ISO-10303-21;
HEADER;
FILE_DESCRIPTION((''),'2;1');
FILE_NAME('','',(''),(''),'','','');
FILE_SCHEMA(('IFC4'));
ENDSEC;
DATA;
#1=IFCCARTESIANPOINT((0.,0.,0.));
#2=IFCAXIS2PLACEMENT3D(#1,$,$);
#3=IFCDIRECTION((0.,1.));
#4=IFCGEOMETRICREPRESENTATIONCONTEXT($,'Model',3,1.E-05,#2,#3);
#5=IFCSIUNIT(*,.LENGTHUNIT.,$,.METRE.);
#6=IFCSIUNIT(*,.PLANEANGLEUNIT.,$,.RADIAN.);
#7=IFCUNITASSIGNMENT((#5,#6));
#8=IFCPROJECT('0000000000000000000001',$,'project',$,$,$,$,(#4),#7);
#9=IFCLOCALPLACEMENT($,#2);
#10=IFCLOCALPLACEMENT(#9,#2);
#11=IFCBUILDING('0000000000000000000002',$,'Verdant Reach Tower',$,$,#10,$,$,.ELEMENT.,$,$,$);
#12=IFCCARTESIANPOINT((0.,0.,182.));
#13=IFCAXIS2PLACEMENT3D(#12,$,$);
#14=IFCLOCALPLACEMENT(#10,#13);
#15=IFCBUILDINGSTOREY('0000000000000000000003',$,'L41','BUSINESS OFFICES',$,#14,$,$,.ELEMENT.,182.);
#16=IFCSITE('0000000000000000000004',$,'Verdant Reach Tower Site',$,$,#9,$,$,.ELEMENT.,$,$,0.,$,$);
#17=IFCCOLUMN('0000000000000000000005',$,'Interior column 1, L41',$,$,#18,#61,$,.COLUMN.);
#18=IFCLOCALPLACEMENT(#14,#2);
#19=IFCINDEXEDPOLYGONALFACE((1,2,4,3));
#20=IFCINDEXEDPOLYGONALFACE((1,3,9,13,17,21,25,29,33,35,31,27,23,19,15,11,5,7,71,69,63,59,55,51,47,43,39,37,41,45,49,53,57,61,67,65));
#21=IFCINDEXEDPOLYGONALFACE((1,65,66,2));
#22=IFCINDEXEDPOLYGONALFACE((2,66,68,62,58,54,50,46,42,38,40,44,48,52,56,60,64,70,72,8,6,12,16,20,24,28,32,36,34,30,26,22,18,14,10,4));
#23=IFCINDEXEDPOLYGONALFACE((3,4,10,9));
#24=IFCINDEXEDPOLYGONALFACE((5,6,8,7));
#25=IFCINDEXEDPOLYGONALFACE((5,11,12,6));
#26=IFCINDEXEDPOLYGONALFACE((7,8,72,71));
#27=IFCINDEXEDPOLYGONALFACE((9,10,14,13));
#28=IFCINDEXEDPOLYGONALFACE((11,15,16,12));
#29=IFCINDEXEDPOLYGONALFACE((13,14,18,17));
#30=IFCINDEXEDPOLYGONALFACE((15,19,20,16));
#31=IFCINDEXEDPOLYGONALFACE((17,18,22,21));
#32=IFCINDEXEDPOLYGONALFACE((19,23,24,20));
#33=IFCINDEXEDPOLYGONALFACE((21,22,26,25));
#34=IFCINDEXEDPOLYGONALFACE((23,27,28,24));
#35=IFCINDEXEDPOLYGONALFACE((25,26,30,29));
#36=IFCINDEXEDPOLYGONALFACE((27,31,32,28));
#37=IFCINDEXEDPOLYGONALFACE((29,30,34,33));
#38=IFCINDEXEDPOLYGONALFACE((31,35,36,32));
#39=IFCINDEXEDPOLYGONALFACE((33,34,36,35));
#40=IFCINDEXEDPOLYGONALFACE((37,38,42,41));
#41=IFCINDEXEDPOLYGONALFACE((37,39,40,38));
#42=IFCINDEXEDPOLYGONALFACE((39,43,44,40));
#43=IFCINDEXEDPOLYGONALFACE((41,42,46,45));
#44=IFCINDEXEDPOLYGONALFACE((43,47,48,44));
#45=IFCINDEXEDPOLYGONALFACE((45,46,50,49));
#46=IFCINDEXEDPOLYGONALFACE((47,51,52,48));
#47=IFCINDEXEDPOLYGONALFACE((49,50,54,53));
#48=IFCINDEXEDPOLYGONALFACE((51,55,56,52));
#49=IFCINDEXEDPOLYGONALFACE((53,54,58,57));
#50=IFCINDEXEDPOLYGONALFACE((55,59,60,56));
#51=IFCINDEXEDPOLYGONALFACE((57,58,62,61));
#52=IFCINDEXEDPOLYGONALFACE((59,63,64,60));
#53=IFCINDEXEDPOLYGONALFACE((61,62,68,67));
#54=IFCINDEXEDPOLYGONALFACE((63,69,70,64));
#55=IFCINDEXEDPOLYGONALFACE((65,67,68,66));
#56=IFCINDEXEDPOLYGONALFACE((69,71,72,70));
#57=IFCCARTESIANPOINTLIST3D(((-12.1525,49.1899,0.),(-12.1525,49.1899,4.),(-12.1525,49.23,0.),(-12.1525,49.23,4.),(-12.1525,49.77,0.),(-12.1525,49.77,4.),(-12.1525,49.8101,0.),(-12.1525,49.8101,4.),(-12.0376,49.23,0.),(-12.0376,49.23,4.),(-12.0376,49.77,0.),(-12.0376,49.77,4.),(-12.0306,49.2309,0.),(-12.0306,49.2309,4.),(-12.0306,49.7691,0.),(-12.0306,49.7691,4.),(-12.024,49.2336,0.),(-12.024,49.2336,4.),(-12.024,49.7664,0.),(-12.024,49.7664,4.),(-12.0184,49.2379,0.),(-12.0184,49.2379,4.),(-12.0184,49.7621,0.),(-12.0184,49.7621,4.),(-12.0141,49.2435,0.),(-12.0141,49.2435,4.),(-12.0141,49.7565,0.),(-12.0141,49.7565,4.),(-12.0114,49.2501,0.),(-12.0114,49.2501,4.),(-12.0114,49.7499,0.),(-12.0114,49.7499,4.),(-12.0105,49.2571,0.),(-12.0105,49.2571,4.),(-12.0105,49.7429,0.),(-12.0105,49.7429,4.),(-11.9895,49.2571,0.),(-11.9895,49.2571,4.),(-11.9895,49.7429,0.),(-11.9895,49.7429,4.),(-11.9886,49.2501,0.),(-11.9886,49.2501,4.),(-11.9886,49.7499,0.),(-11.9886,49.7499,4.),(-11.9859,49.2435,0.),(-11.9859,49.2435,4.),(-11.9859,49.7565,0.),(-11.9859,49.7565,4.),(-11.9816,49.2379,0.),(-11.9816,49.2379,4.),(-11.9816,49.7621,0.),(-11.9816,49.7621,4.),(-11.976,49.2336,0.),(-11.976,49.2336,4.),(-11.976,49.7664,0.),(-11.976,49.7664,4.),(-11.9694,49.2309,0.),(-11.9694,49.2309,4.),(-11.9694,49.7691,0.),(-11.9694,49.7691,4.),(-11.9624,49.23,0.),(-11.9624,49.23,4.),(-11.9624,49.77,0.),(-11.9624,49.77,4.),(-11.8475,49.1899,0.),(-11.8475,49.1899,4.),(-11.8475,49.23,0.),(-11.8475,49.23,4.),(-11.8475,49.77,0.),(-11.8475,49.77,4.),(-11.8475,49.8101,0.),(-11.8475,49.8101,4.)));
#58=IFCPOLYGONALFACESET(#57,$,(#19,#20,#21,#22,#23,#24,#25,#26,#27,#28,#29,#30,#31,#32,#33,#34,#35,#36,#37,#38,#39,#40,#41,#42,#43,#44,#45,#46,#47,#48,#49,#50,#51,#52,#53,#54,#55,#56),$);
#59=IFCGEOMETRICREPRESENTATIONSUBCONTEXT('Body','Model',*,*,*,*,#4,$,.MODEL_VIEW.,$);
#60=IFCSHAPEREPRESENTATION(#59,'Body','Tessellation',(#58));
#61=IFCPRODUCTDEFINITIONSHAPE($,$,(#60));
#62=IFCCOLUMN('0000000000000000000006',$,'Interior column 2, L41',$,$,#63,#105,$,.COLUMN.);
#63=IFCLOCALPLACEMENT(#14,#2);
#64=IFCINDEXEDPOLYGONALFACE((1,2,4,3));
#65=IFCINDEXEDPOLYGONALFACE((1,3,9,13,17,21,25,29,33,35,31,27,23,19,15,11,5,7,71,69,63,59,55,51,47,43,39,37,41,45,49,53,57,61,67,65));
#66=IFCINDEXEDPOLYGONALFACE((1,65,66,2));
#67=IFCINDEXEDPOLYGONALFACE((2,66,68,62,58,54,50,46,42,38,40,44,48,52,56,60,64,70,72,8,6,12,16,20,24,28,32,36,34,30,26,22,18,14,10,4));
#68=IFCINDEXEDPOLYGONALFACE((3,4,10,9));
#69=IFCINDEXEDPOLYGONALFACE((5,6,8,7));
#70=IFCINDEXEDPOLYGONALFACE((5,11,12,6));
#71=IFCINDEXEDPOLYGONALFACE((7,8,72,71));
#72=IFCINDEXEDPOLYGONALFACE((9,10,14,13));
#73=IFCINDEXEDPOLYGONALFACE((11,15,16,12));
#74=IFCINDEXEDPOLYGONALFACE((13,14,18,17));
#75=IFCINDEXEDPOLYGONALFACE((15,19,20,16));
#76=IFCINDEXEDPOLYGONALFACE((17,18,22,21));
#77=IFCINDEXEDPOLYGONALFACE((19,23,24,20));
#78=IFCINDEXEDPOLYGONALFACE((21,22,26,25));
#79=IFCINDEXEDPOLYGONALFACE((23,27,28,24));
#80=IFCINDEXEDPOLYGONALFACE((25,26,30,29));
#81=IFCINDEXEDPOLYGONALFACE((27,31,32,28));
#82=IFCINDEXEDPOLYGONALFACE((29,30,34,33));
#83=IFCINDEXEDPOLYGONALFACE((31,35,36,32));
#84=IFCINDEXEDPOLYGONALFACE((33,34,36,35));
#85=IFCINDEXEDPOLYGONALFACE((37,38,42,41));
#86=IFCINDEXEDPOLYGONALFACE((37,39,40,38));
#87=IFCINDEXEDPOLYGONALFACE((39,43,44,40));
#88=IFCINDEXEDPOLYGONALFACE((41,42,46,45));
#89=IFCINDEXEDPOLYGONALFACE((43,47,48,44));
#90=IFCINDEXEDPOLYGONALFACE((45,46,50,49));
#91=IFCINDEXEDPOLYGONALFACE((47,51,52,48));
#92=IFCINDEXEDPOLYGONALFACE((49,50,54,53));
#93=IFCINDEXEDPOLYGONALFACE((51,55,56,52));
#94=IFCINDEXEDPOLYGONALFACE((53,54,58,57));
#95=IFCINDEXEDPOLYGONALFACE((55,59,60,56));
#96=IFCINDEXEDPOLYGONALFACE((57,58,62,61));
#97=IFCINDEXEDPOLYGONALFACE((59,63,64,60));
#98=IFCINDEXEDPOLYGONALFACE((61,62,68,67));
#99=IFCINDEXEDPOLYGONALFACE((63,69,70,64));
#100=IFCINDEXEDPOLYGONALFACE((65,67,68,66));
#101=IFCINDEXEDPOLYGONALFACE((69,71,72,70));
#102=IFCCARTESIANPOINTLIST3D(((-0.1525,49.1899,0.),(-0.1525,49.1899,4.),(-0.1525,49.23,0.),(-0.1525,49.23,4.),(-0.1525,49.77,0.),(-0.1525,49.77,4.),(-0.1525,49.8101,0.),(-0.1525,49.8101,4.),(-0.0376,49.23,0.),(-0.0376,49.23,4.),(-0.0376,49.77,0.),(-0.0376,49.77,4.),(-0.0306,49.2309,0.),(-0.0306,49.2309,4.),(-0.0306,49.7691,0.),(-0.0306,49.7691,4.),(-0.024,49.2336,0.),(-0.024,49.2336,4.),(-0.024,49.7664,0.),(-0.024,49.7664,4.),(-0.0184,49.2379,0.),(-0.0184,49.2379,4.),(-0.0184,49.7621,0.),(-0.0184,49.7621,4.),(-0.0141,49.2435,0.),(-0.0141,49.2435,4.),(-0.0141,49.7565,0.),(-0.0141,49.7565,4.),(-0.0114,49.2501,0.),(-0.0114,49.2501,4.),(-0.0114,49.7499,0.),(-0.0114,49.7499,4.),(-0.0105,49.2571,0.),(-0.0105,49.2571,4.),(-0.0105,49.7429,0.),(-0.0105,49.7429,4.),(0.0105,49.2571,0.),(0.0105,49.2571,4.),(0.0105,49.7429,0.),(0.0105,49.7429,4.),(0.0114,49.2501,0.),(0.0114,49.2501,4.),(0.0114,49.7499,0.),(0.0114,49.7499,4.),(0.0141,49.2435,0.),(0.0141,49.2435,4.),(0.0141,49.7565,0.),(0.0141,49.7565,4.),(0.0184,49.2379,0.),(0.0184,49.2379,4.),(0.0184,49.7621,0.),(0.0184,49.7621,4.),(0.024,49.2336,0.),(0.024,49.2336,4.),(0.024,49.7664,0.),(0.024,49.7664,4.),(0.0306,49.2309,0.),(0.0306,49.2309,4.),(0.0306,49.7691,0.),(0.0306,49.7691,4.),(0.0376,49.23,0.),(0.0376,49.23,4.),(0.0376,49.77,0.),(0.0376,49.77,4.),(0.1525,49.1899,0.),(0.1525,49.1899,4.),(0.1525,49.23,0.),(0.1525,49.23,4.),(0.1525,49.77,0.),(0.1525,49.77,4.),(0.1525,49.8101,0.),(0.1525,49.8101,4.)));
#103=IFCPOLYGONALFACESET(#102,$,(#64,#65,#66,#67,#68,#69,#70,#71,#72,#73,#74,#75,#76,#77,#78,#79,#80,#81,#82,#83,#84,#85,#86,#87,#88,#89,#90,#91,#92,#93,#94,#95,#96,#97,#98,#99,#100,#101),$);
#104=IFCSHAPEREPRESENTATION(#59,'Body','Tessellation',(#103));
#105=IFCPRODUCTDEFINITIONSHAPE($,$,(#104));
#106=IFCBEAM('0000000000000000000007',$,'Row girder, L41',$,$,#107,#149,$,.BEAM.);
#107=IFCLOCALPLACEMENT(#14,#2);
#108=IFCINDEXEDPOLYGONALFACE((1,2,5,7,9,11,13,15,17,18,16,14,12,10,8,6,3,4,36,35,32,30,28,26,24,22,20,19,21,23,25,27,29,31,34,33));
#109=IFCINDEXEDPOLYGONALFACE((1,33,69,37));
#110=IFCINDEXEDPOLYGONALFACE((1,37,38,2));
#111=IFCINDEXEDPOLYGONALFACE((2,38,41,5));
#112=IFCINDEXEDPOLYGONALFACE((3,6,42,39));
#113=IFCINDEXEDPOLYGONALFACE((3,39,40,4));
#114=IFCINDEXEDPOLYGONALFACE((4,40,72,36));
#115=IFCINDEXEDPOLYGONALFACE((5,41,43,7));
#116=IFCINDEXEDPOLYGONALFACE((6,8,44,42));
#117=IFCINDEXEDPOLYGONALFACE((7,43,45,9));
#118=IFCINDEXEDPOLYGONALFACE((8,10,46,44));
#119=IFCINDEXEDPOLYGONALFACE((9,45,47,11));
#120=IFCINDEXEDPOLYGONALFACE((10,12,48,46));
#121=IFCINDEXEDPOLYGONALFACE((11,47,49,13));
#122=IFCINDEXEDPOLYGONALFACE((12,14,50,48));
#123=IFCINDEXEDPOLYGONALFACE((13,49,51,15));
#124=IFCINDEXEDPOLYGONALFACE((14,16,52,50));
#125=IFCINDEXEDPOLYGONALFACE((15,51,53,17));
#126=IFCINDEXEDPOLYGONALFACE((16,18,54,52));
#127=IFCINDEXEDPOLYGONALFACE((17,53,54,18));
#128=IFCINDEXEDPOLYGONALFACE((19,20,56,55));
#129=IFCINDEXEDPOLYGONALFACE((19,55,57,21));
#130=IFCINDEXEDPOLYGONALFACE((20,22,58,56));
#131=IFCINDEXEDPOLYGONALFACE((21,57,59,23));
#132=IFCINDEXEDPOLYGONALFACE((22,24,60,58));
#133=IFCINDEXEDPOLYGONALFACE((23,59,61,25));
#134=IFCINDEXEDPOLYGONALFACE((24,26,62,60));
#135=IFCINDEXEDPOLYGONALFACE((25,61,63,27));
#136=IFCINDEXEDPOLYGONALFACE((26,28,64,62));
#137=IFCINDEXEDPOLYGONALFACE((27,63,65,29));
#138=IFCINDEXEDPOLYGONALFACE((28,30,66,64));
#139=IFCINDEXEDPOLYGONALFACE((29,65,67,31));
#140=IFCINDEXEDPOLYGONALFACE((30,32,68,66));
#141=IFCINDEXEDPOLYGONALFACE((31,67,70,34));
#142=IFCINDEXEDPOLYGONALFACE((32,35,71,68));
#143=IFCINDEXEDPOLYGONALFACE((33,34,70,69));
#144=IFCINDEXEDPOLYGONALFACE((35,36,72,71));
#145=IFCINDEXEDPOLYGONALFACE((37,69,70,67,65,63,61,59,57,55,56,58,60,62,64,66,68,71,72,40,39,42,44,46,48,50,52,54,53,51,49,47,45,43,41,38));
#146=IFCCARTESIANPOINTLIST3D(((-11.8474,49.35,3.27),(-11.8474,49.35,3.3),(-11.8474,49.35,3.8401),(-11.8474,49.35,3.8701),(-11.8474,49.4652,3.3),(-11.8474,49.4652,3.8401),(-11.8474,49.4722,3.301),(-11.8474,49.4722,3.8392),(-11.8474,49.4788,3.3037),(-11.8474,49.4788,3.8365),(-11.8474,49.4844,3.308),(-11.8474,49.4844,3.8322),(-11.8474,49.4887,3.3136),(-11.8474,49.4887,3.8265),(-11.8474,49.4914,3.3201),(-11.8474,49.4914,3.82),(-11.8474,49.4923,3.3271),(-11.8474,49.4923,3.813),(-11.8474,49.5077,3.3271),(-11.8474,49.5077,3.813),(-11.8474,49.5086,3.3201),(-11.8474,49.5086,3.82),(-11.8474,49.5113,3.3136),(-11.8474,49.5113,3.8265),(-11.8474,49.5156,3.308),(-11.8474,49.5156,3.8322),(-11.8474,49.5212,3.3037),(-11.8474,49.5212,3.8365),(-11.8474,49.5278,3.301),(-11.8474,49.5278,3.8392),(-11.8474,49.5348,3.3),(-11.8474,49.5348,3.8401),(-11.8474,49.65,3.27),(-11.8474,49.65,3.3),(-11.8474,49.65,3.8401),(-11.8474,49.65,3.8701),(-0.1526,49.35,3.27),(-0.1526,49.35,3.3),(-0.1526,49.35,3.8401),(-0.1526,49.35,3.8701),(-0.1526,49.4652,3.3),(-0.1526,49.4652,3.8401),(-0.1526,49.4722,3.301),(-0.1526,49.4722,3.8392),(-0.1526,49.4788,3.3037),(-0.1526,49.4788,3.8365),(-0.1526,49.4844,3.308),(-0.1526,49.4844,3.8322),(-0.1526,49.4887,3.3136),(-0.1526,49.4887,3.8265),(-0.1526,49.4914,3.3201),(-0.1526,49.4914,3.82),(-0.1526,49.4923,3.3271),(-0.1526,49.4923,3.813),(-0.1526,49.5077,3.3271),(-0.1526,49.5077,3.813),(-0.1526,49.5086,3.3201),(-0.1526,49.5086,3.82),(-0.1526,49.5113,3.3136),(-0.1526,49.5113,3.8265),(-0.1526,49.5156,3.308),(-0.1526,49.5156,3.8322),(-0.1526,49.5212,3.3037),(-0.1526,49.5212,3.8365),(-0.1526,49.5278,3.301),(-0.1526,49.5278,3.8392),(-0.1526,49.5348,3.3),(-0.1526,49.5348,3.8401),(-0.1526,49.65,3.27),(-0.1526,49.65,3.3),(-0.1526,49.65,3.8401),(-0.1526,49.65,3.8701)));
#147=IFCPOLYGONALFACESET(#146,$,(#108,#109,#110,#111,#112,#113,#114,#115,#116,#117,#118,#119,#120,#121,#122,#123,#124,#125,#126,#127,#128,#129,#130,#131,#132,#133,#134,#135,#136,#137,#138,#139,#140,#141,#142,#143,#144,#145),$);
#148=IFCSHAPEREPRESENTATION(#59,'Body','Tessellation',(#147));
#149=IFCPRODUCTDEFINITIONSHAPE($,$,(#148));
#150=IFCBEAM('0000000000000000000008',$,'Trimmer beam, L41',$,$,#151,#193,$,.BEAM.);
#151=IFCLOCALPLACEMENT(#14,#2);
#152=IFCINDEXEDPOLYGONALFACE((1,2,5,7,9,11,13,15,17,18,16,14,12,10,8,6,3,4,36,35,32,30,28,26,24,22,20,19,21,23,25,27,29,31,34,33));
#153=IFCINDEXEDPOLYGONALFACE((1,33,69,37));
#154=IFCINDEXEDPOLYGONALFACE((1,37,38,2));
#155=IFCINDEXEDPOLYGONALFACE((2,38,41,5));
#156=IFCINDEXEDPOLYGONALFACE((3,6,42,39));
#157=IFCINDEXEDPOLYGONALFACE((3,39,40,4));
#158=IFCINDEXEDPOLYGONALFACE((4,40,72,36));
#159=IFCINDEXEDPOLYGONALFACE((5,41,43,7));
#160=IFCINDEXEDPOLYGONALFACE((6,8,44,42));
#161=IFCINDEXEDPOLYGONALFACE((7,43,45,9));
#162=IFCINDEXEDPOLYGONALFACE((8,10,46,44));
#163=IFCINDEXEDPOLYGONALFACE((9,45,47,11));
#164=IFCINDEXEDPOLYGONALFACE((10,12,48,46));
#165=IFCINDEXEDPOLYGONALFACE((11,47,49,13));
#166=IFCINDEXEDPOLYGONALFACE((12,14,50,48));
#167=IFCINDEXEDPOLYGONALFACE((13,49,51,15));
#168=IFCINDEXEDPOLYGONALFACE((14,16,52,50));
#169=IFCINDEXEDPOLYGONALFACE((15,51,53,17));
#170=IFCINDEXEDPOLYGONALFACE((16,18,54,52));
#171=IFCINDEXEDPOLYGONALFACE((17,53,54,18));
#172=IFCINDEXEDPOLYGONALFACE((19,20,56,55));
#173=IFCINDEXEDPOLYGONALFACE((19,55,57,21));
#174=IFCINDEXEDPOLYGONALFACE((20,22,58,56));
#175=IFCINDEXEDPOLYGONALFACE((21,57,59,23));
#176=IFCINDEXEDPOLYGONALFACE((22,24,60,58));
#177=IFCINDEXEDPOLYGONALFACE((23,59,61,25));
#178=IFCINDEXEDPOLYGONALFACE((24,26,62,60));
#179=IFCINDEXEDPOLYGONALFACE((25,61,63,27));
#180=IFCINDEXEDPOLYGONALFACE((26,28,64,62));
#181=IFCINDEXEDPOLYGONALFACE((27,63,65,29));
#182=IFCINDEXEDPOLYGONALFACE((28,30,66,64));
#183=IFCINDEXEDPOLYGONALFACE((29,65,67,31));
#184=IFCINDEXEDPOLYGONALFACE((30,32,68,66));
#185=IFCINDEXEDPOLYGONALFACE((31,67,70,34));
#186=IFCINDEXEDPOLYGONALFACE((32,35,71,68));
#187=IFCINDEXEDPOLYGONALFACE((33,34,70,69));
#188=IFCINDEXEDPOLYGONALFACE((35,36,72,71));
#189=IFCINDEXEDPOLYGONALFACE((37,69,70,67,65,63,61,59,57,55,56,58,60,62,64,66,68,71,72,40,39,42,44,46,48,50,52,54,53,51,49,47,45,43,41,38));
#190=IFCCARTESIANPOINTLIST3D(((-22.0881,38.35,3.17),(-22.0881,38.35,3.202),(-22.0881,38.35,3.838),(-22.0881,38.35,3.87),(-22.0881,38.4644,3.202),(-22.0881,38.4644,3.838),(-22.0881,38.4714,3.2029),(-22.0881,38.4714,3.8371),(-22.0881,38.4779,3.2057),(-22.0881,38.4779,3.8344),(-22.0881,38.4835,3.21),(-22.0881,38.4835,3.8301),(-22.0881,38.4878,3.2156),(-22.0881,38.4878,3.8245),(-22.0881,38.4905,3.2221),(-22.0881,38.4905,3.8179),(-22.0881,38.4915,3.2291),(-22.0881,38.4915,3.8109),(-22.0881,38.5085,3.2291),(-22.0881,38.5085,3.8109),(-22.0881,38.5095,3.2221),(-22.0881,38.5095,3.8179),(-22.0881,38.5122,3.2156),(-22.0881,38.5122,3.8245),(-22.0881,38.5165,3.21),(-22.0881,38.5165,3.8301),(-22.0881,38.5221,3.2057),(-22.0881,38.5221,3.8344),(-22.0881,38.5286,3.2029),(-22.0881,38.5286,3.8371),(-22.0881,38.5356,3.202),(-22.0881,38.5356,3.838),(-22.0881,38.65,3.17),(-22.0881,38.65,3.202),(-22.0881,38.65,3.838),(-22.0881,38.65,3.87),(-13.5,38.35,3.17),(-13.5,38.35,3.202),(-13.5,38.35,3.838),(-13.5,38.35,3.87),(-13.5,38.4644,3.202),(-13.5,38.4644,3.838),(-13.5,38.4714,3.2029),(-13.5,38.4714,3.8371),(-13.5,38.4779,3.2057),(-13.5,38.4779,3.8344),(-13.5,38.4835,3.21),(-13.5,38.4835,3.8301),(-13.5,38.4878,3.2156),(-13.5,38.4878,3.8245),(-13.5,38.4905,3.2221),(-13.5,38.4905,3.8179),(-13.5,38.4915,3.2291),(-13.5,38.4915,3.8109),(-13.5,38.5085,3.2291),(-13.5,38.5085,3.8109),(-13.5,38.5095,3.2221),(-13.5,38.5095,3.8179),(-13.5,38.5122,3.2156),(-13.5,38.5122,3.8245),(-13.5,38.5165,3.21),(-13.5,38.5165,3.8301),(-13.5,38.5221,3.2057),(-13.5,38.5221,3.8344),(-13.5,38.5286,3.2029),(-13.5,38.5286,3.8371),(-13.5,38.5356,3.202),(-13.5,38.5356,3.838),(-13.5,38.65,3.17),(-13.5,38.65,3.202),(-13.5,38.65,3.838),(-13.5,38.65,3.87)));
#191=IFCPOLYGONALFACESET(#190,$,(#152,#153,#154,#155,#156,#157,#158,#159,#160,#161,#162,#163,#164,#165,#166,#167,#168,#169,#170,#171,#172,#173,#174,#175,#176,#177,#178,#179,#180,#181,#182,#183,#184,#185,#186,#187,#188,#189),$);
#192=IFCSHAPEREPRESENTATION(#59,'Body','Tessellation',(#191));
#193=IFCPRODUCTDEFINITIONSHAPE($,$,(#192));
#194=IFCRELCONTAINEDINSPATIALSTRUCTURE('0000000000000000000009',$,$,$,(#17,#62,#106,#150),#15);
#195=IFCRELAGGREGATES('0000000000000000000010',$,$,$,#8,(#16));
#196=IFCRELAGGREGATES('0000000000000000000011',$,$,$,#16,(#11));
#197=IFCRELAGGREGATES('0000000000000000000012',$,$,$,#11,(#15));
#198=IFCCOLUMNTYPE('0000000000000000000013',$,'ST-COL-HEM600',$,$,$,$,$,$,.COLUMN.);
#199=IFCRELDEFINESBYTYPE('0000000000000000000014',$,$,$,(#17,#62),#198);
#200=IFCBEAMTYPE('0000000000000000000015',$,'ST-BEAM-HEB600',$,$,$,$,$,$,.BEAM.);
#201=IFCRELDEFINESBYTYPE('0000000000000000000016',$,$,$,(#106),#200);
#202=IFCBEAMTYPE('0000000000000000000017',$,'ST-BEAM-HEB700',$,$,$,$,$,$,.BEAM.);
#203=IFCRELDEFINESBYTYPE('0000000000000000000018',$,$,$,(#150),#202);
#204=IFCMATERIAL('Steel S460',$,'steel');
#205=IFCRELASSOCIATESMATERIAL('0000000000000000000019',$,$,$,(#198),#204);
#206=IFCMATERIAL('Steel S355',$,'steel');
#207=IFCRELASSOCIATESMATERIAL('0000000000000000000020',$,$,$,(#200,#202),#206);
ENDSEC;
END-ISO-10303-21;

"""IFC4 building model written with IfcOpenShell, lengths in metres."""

from ifc_helpers import new_model, si_unit, direction, frame, origin, origin_2d, place, context, subcontext, project, spatial, i_section, extrude, material, material_profile, profile_set, type_object, element, save


model = new_model("IFC4")

# Units and contexts
model_context = context("Model", 3, precision=1e-05, world=origin(), true_north=direction((0.0, 1.0)))
body_context = subcontext(model_context, "Body", "Model", "MODEL_VIEW")
ifc_project = project(units=[si_unit("LENGTHUNIT", "METRE"), si_unit("PLANEANGLEUNIT", "RADIAN")], contexts=[model_context])

# Site, building, storey
site_placement = place(None, origin())
site = spatial("IfcSite", under=ifc_project, at=site_placement, Name="Verdant Reach Tower Site", CompositionType="ELEMENT", RefElevation=0.0)
building_placement = place(site_placement, origin())
building = spatial("IfcBuilding", under=site, at=building_placement, Name="Verdant Reach Tower", CompositionType="ELEMENT")
storey_placement = place(building_placement, frame((0.0, 0.0, 182.0)))
storey = spatial("IfcBuildingStorey", under=building, at=storey_placement, Name="L41", Description="BUSINESS OFFICES", CompositionType="ELEMENT", Elevation=182.0)

# Columns
ifc_material_1 = material(Name="Steel S460", Category="steel")
ifc_material_profile_1 = material_profile(ifc_material_1, i_section(OverallWidth=0.3049, OverallDepth=0.6201, WebThickness=0.021, FlangeThickness=0.04, FilletRadius=0.0271, at=origin_2d()), Name="HEM 600")
ifc_profile_set_1 = profile_set([ifc_material_profile_1], Name="Steel S460")
column_type = type_object("IfcColumnType", Name="ST-COL-HEM600", PredefinedType="COLUMN", material=ifc_profile_set_1)
for number, where, z_axis, x_axis, name in (
    (1, (-12.0, 49.5, 0.0), (0.0, 0.0, 1.0), (1.0, 0.0, 0.0), "Interior column 1, L41"),
    (2, (0.0, 49.5, 0.0), (0.0, 0.0, 1.0), (1.0, 0.0, 0.0), "Interior column 2, L41"),
):
    element("IfcColumn", number, at=place(storey_placement, frame(where, z_axis=z_axis, x_axis=x_axis)), inside=storey, type_object=column_type, Name=name, PredefinedType="COLUMN", context=body_context, shape_type="SweptSolid", body=[
        extrude(i_section(OverallWidth=0.3049, OverallDepth=0.6201, WebThickness=0.021, FlangeThickness=0.04, FilletRadius=0.0271, at=origin_2d()), origin(), (0.0, 0.0, 1.0), 4.0),
    ])

# Beams
ifc_material_2 = material(Name="Steel S355", Category="steel")
ifc_material_profile_2 = material_profile(ifc_material_2, i_section(OverallWidth=0.3, OverallDepth=0.6001, WebThickness=0.0154, FlangeThickness=0.03, FilletRadius=0.0271, at=origin_2d()), Name="HEB 600")
ifc_profile_set_2 = profile_set([ifc_material_profile_2], Name="Steel S355")
beam_type_1 = type_object("IfcBeamType", Name="ST-BEAM-HEB600", PredefinedType="BEAM", material=ifc_profile_set_2)
beam_1_placement = place(storey_placement, frame((-11.8474, 49.5, 3.5701), z_axis=(1.0, 0.0, 0.0), x_axis=(0.0, 1.0, 0.0)))
element("IfcBeam", 3, at=beam_1_placement, inside=storey, type_object=beam_type_1, Name="Row girder, L41", PredefinedType="BEAM", context=body_context, shape_type="SweptSolid", body=[
    extrude(i_section(OverallWidth=0.3, OverallDepth=0.6001, WebThickness=0.0154, FlangeThickness=0.03, FilletRadius=0.0271, at=origin_2d()), origin(), (0.0, 0.0, 1.0), 11.6948),
])
ifc_material_profile_3 = material_profile(ifc_material_2, i_section(OverallWidth=0.3, OverallDepth=0.7, WebThickness=0.0171, FlangeThickness=0.032, FilletRadius=0.0271, at=origin_2d()), Name="HEB 700")
ifc_profile_set_3 = profile_set([ifc_material_profile_3], Name="Steel S355")
beam_type_2 = type_object("IfcBeamType", Name="ST-BEAM-HEB700", PredefinedType="BEAM", material=ifc_profile_set_3)
beam_2_placement = place(storey_placement, frame((-13.5, 38.5, 3.52), z_axis=(-1.0, 0.0, 0.0), x_axis=(0.0, -1.0, 0.0)))
element("IfcBeam", 4, at=beam_2_placement, inside=storey, type_object=beam_type_2, Name="Trimmer beam, L41", PredefinedType="BEAM", context=body_context, shape_type="SweptSolid", body=[
    extrude(i_section(OverallWidth=0.3, OverallDepth=0.7, WebThickness=0.0171, FlangeThickness=0.032, FilletRadius=0.0271, at=origin_2d()), origin(), (0.0, 0.0, 1.0), 8.5881),
])

save(model, "model.ifc")
